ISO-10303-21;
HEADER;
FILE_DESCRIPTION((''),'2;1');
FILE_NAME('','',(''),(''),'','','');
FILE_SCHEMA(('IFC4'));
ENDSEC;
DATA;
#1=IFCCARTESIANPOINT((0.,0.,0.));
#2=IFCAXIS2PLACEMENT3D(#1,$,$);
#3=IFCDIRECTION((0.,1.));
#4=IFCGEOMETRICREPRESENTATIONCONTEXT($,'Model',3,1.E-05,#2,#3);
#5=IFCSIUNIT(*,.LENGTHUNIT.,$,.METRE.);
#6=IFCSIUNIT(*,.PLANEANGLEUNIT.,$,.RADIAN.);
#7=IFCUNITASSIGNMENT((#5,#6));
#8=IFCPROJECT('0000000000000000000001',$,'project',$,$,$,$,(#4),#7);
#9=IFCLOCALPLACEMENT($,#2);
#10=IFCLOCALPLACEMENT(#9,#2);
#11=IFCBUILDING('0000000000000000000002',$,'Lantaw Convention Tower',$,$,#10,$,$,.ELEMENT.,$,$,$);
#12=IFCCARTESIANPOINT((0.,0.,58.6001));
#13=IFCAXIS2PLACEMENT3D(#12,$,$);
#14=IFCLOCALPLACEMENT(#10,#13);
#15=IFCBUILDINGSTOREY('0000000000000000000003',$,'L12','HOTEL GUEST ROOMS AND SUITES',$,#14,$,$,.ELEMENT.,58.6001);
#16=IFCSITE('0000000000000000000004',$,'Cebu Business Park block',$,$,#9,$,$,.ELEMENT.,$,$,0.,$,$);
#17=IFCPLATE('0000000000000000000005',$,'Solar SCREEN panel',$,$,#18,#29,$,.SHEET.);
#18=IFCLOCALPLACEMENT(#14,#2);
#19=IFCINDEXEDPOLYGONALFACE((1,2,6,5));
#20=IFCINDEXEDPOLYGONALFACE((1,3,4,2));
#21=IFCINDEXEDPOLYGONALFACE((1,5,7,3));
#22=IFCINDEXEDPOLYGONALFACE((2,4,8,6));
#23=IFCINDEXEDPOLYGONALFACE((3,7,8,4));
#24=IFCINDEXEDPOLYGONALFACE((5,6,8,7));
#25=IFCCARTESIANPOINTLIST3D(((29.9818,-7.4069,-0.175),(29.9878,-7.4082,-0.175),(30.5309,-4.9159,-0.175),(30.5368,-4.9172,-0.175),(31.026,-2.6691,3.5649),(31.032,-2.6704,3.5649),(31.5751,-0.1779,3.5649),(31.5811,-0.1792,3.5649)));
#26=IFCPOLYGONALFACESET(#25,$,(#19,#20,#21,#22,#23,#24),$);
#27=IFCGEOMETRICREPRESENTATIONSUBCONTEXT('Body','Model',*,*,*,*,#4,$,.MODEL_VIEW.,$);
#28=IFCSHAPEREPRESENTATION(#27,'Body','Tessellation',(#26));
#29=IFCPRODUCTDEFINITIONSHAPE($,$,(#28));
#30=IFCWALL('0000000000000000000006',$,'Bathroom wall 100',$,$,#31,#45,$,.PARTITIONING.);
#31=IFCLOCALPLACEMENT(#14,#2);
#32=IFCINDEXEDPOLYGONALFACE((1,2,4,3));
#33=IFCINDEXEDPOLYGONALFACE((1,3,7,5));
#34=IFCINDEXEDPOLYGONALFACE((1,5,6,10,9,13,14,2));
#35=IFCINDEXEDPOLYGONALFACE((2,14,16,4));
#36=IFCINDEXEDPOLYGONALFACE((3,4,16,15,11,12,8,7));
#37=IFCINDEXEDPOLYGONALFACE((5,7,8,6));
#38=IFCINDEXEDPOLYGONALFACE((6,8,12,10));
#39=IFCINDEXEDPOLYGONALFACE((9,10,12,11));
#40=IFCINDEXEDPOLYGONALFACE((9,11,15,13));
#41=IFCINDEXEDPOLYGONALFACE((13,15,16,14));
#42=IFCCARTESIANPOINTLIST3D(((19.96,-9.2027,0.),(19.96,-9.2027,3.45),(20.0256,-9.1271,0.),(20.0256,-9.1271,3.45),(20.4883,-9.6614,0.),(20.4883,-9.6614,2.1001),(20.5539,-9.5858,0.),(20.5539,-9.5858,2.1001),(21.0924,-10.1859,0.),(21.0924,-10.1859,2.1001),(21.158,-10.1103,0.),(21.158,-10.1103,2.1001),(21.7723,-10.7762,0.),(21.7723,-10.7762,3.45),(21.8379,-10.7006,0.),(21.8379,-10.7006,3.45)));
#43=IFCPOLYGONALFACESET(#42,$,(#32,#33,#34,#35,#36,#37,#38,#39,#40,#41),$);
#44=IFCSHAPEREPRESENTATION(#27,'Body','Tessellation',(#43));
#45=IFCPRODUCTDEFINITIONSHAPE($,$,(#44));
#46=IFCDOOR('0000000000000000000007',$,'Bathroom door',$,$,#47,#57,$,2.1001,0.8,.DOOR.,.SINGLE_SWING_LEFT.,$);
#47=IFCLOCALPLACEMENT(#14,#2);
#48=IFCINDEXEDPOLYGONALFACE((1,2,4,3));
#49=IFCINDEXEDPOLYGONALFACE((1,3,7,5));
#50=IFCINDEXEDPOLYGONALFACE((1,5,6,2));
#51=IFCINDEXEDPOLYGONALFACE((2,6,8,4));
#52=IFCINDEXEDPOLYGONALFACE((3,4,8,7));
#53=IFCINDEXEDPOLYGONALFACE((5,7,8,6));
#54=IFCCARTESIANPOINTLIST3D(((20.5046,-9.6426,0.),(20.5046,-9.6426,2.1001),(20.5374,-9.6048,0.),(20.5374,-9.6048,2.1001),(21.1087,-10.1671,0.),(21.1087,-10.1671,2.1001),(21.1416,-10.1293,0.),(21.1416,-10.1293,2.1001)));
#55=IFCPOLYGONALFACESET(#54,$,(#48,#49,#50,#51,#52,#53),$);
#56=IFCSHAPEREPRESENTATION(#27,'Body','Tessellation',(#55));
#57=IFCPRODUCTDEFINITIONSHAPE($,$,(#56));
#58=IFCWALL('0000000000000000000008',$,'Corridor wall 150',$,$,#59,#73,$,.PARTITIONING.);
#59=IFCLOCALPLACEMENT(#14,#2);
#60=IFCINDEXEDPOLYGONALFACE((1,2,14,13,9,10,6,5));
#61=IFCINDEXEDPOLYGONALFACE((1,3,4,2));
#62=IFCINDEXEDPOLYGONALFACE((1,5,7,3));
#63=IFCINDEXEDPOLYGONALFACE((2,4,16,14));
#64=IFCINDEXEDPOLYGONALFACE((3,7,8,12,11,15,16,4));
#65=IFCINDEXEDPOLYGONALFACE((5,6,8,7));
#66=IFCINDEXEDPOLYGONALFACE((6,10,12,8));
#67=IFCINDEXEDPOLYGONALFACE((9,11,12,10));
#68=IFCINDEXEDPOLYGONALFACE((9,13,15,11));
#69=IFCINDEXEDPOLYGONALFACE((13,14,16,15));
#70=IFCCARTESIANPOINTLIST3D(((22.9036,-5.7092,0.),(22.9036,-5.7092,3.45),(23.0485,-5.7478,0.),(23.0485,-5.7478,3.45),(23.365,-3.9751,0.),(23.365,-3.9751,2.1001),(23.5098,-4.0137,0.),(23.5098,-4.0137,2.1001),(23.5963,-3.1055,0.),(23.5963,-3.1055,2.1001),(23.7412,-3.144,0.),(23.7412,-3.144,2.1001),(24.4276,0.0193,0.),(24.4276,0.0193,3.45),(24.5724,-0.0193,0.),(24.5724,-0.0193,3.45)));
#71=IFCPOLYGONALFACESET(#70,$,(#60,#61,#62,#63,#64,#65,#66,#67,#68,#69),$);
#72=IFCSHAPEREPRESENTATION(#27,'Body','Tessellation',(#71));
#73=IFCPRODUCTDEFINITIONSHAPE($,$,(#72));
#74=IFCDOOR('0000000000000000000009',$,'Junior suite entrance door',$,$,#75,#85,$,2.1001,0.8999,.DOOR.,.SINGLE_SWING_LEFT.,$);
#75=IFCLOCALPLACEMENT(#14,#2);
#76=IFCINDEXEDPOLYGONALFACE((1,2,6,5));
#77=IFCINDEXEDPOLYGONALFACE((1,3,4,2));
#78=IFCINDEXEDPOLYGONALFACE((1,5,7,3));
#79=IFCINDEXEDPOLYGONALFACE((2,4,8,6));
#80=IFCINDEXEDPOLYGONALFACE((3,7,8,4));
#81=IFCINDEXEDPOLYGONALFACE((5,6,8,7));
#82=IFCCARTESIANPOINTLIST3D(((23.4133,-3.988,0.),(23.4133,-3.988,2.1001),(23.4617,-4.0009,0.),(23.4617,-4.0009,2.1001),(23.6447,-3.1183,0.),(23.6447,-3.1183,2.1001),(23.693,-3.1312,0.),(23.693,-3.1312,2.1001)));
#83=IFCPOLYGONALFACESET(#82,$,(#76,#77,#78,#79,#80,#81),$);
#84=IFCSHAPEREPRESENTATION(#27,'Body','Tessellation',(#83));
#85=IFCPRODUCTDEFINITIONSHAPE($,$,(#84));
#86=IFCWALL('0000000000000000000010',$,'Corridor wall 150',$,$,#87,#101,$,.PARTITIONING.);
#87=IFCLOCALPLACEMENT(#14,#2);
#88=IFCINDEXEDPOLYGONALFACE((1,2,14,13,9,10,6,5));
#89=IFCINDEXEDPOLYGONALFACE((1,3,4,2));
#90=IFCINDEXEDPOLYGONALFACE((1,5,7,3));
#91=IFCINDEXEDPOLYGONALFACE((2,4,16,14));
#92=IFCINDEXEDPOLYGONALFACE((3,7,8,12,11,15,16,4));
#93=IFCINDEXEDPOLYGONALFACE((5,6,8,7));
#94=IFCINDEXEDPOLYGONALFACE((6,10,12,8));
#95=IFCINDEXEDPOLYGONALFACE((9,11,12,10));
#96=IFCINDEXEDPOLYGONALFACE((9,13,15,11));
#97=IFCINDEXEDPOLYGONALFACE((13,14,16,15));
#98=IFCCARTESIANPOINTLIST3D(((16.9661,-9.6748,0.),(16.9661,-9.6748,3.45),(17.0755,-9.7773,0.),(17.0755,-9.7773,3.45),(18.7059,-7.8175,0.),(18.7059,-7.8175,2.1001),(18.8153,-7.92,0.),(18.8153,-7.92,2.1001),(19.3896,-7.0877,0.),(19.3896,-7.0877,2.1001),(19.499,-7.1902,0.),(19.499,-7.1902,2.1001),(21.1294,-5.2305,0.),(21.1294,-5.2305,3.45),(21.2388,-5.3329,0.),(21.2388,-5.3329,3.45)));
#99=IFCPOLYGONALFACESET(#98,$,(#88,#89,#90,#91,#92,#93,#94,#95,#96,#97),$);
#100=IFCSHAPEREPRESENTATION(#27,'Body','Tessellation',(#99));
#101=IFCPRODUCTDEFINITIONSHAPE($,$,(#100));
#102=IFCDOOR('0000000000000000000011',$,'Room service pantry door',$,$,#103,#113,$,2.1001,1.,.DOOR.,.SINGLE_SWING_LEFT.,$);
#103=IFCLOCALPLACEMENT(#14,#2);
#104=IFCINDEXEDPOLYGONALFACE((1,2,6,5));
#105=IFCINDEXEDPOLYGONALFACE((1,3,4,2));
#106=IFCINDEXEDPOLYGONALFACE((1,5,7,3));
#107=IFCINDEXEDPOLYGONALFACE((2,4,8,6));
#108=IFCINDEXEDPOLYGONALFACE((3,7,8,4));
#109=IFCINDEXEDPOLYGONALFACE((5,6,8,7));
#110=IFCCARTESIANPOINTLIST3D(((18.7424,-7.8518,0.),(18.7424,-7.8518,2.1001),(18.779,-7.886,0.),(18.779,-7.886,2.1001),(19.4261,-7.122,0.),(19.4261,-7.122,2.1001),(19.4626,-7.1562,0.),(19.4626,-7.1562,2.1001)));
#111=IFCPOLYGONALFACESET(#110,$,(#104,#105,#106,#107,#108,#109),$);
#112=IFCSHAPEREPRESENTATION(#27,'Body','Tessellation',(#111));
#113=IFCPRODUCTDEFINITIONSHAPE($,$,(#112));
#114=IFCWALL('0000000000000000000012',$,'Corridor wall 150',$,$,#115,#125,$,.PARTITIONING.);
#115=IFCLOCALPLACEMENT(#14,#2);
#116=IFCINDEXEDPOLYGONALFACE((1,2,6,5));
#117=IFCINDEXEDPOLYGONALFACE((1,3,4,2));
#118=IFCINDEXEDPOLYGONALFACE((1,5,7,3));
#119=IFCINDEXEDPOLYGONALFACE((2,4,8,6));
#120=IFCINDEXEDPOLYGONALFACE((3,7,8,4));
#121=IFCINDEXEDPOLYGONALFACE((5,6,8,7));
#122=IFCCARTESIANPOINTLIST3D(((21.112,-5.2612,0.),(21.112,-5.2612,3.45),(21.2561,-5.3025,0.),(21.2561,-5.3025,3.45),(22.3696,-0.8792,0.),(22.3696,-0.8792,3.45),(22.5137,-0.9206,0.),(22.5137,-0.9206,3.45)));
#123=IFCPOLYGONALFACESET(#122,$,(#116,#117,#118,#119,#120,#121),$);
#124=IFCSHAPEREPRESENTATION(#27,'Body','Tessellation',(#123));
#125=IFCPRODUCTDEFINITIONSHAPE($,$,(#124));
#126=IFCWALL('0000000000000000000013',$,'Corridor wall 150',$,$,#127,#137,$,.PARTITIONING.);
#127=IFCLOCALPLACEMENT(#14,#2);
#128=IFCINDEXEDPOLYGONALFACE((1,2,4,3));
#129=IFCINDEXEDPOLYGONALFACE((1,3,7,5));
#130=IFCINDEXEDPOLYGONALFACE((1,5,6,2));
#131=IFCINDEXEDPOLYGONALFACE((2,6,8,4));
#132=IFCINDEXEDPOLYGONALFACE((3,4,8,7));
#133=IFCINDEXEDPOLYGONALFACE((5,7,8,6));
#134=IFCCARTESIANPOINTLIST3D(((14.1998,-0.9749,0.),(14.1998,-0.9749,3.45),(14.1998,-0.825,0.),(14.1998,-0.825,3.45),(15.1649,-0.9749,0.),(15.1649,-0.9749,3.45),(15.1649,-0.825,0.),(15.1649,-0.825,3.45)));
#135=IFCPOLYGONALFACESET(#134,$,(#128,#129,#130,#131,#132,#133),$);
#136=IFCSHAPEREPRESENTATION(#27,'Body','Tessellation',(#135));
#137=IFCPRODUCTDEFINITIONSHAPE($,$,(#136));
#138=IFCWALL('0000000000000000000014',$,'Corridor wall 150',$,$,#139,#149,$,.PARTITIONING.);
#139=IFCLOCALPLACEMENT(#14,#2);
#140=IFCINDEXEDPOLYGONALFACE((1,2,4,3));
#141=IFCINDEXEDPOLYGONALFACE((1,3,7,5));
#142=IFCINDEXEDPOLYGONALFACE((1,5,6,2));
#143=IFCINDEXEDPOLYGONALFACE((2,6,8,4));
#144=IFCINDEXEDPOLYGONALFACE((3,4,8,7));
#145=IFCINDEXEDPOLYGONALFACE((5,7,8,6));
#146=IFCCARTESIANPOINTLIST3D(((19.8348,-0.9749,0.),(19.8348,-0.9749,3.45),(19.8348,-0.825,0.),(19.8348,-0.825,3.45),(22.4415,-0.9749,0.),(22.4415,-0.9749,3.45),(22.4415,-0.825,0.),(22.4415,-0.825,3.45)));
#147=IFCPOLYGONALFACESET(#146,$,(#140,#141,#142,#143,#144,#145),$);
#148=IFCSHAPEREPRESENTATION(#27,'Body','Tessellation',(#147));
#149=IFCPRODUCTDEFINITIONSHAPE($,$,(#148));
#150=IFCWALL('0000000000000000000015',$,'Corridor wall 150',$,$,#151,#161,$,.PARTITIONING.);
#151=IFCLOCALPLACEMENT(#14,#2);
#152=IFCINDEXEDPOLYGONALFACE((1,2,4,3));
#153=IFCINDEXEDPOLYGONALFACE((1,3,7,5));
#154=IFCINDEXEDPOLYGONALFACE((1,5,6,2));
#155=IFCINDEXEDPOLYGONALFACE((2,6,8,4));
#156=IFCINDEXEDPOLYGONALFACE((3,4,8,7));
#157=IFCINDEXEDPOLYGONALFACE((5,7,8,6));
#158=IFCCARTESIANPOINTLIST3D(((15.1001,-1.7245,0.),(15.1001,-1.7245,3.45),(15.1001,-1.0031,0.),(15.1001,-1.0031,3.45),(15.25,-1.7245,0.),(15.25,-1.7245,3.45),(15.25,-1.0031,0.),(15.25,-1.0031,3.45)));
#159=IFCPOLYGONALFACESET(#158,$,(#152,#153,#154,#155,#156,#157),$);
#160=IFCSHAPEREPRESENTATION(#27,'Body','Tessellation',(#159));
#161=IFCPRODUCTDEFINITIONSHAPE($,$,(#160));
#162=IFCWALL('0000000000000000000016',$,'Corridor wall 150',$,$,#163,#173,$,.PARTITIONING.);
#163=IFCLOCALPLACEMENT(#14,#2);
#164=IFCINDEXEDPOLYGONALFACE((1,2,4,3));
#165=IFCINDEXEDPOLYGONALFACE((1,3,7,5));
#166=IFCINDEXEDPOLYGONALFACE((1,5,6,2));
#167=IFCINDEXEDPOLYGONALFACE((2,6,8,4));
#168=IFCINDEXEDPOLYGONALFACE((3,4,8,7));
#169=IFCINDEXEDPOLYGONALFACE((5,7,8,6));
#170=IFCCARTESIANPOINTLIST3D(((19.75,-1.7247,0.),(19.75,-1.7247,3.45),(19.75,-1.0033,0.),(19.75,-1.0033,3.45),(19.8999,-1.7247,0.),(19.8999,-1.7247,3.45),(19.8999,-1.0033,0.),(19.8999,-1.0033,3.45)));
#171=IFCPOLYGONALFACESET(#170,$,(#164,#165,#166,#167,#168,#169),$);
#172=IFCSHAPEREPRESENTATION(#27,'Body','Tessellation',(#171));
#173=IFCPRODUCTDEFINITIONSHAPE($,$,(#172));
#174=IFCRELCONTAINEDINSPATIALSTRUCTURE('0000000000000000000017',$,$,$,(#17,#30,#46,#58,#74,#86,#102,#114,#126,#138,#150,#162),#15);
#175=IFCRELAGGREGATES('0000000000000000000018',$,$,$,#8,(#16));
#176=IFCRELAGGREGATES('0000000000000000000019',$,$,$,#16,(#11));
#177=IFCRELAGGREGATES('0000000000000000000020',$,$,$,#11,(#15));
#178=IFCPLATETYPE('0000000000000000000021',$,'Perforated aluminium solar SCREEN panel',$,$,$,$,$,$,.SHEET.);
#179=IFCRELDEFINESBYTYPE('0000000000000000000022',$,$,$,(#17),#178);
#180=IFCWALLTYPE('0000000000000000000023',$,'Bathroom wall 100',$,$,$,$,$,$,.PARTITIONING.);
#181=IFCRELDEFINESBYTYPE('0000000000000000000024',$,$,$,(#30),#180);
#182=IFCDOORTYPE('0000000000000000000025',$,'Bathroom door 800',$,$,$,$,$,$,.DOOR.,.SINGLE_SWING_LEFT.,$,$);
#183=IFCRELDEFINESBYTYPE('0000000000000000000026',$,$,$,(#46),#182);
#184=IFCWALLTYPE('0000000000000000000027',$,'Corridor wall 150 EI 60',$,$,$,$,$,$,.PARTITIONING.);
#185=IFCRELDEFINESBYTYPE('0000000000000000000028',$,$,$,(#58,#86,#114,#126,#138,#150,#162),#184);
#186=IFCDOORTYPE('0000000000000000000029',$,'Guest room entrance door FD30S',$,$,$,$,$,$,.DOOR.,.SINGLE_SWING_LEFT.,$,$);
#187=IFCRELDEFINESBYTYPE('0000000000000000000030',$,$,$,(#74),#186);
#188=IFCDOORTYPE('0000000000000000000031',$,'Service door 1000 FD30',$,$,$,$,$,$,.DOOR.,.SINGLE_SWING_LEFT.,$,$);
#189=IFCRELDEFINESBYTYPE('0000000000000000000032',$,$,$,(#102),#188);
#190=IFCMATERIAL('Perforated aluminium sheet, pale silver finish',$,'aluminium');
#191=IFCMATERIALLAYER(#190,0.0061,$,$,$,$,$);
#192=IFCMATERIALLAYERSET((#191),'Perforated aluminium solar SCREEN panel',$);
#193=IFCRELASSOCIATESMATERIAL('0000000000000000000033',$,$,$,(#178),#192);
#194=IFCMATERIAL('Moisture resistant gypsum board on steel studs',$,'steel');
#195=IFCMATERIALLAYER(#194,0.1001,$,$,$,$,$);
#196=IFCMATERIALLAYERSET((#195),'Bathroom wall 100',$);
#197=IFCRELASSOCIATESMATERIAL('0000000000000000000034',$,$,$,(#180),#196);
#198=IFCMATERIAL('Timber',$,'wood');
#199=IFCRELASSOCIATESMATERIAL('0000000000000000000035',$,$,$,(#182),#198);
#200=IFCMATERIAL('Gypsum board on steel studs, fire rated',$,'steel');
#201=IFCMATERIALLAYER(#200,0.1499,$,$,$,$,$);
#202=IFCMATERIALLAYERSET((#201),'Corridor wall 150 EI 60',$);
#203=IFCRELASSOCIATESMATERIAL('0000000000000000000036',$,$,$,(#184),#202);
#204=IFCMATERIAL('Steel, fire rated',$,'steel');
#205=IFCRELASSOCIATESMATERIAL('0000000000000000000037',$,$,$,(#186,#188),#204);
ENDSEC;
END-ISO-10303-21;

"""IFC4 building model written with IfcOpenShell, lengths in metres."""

from ifc_helpers import new_model, si_unit, direction, frame, frame_2d, origin, place, context, subcontext, project, spatial, polyline, rectangle, outline, extrude, material, layer, layer_set, type_object, element, fill, save


model = new_model("IFC4")

# Units and contexts
model_context = context("Model", 3, precision=1e-05, world=origin(), true_north=direction((0.0, 1.0)))
body_context = subcontext(model_context, "Body", "Model", "MODEL_VIEW")
ifc_project = project(units=[si_unit("LENGTHUNIT", "METRE"), si_unit("PLANEANGLEUNIT", "RADIAN")], contexts=[model_context])

# Site, building, storey
site_placement = place(None, origin())
site = spatial("IfcSite", under=ifc_project, at=site_placement, Name="Cebu Business Park block", CompositionType="ELEMENT", RefElevation=0.0)
building_placement = place(site_placement, origin())
building = spatial("IfcBuilding", under=site, at=building_placement, Name="Lantaw Convention Tower", CompositionType="ELEMENT")
storey_placement = place(building_placement, frame((0.0, 0.0, 58.6001)))
storey = spatial("IfcBuildingStorey", under=building, at=storey_placement, Name="L12", Description="HOTEL GUEST ROOMS AND SUITES", CompositionType="ELEMENT", Elevation=58.6001)

# Plate
ifc_material_1 = material(Name="Perforated aluminium sheet, pale silver finish", Category="aluminium")
ifc_layer_1 = layer(ifc_material_1, 0.0061)
ifc_layer_set_1 = layer_set([ifc_layer_1], Name="Perforated aluminium solar SCREEN panel")
plate_type = type_object("IfcPlateType", Name="Perforated aluminium solar SCREEN panel", PredefinedType="SHEET", material=ifc_layer_set_1)
plate_placement = place(storey_placement, frame((29.9878, -7.4082, -0.175), z_axis=(0.976559, -0.215248, 0.00003), x_axis=(0.215248, 0.976559, 0.0)))
element("IfcPlate", 1, at=plate_placement, inside=storey, type_object=plate_type, Name="Solar SCREEN panel", PredefinedType="SHEET", context=body_context, shape_type="SweptSolid", body=[
    extrude(outline(polyline([(0.0, 0.0), (2.5508, 0.0), (7.4025, 3.74), (4.8515, 3.74), (0.0, 0.0)])), origin(), (0.0, 0.0, -1.0), 0.0061),
])

# Walls, openings, doors
ifc_material_2 = material(Name="Moisture resistant gypsum board on steel studs", Category="steel")
ifc_layer_2 = layer(ifc_material_2, 0.1001)
ifc_layer_set_2 = layer_set([ifc_layer_2], Name="Bathroom wall 100")
wall_type_1 = type_object("IfcWallType", Name="Bathroom wall 100", PredefinedType="PARTITIONING", material=ifc_layer_set_2)
wall_1_placement = place(storey_placement, frame((19.9927, -9.1648, 0.0), z_axis=(0.0, 0.0, 1.0), x_axis=(0.755098, -0.655612, 0.0)))
wall_1 = element("IfcWall", 2, at=wall_1_placement, inside=storey, type_object=wall_type_1, Name="Bathroom wall 100", PredefinedType="PARTITIONING", context=body_context, shape_type="SweptSolid", body=[
    extrude(rectangle(XDim=2.4001, YDim=0.1001, at=frame_2d((1.2002, 0.0))), origin(), (0.0, 0.0, 1.0), 3.45),
])
opening_1_placement = place(wall_1_placement, frame((0.7, 0.0, 0.0)))
opening_1 = element("IfcOpeningElement", 3, at=opening_1_placement, cuts=wall_1, PredefinedType="OPENING", context=body_context, shape_type="SweptSolid", body=[
    extrude(rectangle(XDim=0.8, YDim=2.1001, at=frame_2d((0.3999, 1.05))), frame((0.0, 0.0601, 0.0), z_axis=(0.0, -1.0, 0.0), x_axis=(1.0, 0.0, 0.0)), (0.0, 0.0, 1.0), 0.1201),
])
ifc_material_3 = material(Name="Timber", Category="wood")
door_type_1 = type_object("IfcDoorType", Name="Bathroom door 800", OperationType="SINGLE_SWING_LEFT", PredefinedType="DOOR", material=ifc_material_3)
door_1_placement = place(opening_1_placement, origin())
door_1 = element("IfcDoor", 4, at=door_1_placement, inside=storey, type_object=door_type_1, Name="Bathroom door", OperationType="SINGLE_SWING_LEFT", OverallHeight=2.1001, OverallWidth=0.8, PredefinedType="DOOR", context=body_context, shape_type="SweptSolid", body=[
    extrude(rectangle(XDim=0.8, YDim=2.1001, at=frame_2d((0.3999, 1.05))), frame((0.0, 0.0249, 0.0), z_axis=(0.0, -1.0, 0.0), x_axis=(1.0, 0.0, 0.0)), (0.0, 0.0, 1.0), 0.05),
])
fill(opening_1, door_1)
ifc_material_4 = material(Name="Gypsum board on steel studs, fire rated", Category="steel")
ifc_layer_3 = layer(ifc_material_4, 0.1499)
ifc_layer_set_3 = layer_set([ifc_layer_3], Name="Corridor wall 150 EI 60")
wall_type_2 = type_object("IfcWallType", Name="Corridor wall 150 EI 60", PredefinedType="PARTITIONING", material=ifc_layer_set_3)
wall_2_placement = place(storey_placement, frame((22.9761, -5.7285, 0.0), z_axis=(0.0, 0.0, 1.0), x_axis=(0.257083, 0.966389, 0.0)))
wall_2 = element("IfcWall", 5, at=wall_2_placement, inside=storey, type_object=wall_type_2, Name="Corridor wall 150", PredefinedType="PARTITIONING", context=body_context, shape_type="SweptSolid", body=[
    extrude(rectangle(XDim=5.9277, YDim=0.1499, at=frame_2d((2.9639, 0.0))), origin(), (0.0, 0.0, 1.0), 3.45),
])
opening_2_placement = place(wall_2_placement, frame((1.7944, 0.0, 0.0)))
opening_2 = element("IfcOpeningElement", 6, at=opening_2_placement, cuts=wall_2, PredefinedType="OPENING", context=body_context, shape_type="SweptSolid", body=[
    extrude(rectangle(XDim=0.8999, YDim=2.1001, at=frame_2d((0.45, 1.05))), frame((0.0, 0.085, 0.0), z_axis=(0.0, -1.0, 0.0), x_axis=(1.0, 0.0, 0.0)), (0.0, 0.0, 1.0), 0.1699),
])
ifc_material_5 = material(Name="Steel, fire rated", Category="steel")
door_type_2 = type_object("IfcDoorType", Name="Guest room entrance door FD30S", OperationType="SINGLE_SWING_LEFT", PredefinedType="DOOR", material=ifc_material_5)
door_2_placement = place(opening_2_placement, origin())
door_2 = element("IfcDoor", 7, at=door_2_placement, inside=storey, type_object=door_type_2, Name="Junior suite entrance door", OperationType="SINGLE_SWING_LEFT", OverallHeight=2.1001, OverallWidth=0.8999, PredefinedType="DOOR", context=body_context, shape_type="SweptSolid", body=[
    extrude(rectangle(XDim=0.8999, YDim=2.1001, at=frame_2d((0.45, 1.05))), frame((0.0, 0.0249, 0.0), z_axis=(0.0, -1.0, 0.0), x_axis=(1.0, 0.0, 0.0)), (0.0, 0.0, 1.0), 0.05),
])
fill(opening_2, door_2)
wall_3_placement = place(storey_placement, frame((17.0208, -9.7261, 0.0), z_axis=(0.0, 0.0, 1.0), x_axis=(0.683658, 0.729802, 0.0)))
wall_3 = element("IfcWall", 8, at=wall_3_placement, inside=storey, type_object=wall_type_2, Name="Corridor wall 150", PredefinedType="PARTITIONING", context=body_context, shape_type="SweptSolid", body=[
    extrude(rectangle(XDim=6.0898, YDim=0.1499, at=frame_2d((3.0449, 0.0))), origin(), (0.0, 0.0, 1.0), 3.45),
])
opening_3_placement = place(wall_3_placement, frame((2.5449, 0.0, 0.0)))
opening_3 = element("IfcOpeningElement", 9, at=opening_3_placement, cuts=wall_3, PredefinedType="OPENING", context=body_context, shape_type="SweptSolid", body=[
    extrude(rectangle(XDim=1.0, YDim=2.1001, at=frame_2d((0.5, 1.05))), frame((0.0, 0.085, 0.0), z_axis=(0.0, -1.0, 0.0), x_axis=(1.0, 0.0, 0.0)), (0.0, 0.0, 1.0), 0.1699),
])
door_type_3 = type_object("IfcDoorType", Name="Service door 1000 FD30", OperationType="SINGLE_SWING_LEFT", PredefinedType="DOOR", material=ifc_material_5)
door_3_placement = place(opening_3_placement, origin())
door_3 = element("IfcDoor", 10, at=door_3_placement, inside=storey, type_object=door_type_3, Name="Room service pantry door", OperationType="SINGLE_SWING_LEFT", OverallHeight=2.1001, OverallWidth=1.0, PredefinedType="DOOR", context=body_context, shape_type="SweptSolid", body=[
    extrude(rectangle(XDim=1.0, YDim=2.1001, at=frame_2d((0.5, 1.05))), frame((0.0, 0.0249, 0.0), z_axis=(0.0, -1.0, 0.0), x_axis=(1.0, 0.0, 0.0)), (0.0, 0.0, 1.0), 0.05),
])
fill(opening_3, door_3)

# Walls
wall_4_placement = place(storey_placement, frame((21.1841, -5.2817, 0.0), z_axis=(0.0, 0.0, 1.0), x_axis=(0.27586, 0.961198, 0.0)))
element("IfcWall", 11, at=wall_4_placement, inside=storey, type_object=wall_type_2, Name="Corridor wall 150", PredefinedType="PARTITIONING", context=body_context, shape_type="SweptSolid", body=[
    extrude(rectangle(XDim=4.5588, YDim=0.1499, at=frame_2d((2.2793, 0.0))), origin(), (0.0, 0.0, 1.0), 3.45),
])
wall_5_placement = place(storey_placement, frame((14.2, -0.8999, 0.0), z_axis=(0.0, 0.0, 1.0), x_axis=(1.0, 0.0, 0.0)))
element("IfcWall", 12, at=wall_5_placement, inside=storey, type_object=wall_type_2, Name="Corridor wall 150", PredefinedType="PARTITIONING", context=body_context, shape_type="SweptSolid", body=[
    extrude(rectangle(XDim=0.9651, YDim=0.1499, at=frame_2d((0.4824, 0.0))), origin(), (0.0, 0.0, 1.0), 3.45),
])
wall_6_placement = place(storey_placement, frame((19.835, -0.8999, 0.0), z_axis=(0.0, 0.0, 1.0), x_axis=(1.0, 0.0, 0.0)))
element("IfcWall", 13, at=wall_6_placement, inside=storey, type_object=wall_type_2, Name="Corridor wall 150", PredefinedType="PARTITIONING", context=body_context, shape_type="SweptSolid", body=[
    extrude(rectangle(XDim=2.6067, YDim=0.1499, at=frame_2d((1.3032, 0.0))), origin(), (0.0, 0.0, 1.0), 3.45),
])
for number, where, z_axis, x_axis, name in (
    (14, (15.175, -1.7246, 0.0), (0.0, 0.0, 1.0), (0.0, 1.0, 0.0), "Corridor wall 150"),
    (15, (19.825, -1.0032, 0.0), (0.0, 0.0, 1.0), (0.0, -1.0, 0.0), "Corridor wall 150"),
):
    element("IfcWall", number, at=place(storey_placement, frame(where, z_axis=z_axis, x_axis=x_axis)), inside=storey, type_object=wall_type_2, Name=name, PredefinedType="PARTITIONING", context=body_context, shape_type="SweptSolid", body=[
        extrude(rectangle(XDim=0.7214, YDim=0.1499, at=frame_2d((0.3608, 0.0))), origin(), (0.0, 0.0, 1.0), 3.45),
    ])

save(model, "model.ifc")
